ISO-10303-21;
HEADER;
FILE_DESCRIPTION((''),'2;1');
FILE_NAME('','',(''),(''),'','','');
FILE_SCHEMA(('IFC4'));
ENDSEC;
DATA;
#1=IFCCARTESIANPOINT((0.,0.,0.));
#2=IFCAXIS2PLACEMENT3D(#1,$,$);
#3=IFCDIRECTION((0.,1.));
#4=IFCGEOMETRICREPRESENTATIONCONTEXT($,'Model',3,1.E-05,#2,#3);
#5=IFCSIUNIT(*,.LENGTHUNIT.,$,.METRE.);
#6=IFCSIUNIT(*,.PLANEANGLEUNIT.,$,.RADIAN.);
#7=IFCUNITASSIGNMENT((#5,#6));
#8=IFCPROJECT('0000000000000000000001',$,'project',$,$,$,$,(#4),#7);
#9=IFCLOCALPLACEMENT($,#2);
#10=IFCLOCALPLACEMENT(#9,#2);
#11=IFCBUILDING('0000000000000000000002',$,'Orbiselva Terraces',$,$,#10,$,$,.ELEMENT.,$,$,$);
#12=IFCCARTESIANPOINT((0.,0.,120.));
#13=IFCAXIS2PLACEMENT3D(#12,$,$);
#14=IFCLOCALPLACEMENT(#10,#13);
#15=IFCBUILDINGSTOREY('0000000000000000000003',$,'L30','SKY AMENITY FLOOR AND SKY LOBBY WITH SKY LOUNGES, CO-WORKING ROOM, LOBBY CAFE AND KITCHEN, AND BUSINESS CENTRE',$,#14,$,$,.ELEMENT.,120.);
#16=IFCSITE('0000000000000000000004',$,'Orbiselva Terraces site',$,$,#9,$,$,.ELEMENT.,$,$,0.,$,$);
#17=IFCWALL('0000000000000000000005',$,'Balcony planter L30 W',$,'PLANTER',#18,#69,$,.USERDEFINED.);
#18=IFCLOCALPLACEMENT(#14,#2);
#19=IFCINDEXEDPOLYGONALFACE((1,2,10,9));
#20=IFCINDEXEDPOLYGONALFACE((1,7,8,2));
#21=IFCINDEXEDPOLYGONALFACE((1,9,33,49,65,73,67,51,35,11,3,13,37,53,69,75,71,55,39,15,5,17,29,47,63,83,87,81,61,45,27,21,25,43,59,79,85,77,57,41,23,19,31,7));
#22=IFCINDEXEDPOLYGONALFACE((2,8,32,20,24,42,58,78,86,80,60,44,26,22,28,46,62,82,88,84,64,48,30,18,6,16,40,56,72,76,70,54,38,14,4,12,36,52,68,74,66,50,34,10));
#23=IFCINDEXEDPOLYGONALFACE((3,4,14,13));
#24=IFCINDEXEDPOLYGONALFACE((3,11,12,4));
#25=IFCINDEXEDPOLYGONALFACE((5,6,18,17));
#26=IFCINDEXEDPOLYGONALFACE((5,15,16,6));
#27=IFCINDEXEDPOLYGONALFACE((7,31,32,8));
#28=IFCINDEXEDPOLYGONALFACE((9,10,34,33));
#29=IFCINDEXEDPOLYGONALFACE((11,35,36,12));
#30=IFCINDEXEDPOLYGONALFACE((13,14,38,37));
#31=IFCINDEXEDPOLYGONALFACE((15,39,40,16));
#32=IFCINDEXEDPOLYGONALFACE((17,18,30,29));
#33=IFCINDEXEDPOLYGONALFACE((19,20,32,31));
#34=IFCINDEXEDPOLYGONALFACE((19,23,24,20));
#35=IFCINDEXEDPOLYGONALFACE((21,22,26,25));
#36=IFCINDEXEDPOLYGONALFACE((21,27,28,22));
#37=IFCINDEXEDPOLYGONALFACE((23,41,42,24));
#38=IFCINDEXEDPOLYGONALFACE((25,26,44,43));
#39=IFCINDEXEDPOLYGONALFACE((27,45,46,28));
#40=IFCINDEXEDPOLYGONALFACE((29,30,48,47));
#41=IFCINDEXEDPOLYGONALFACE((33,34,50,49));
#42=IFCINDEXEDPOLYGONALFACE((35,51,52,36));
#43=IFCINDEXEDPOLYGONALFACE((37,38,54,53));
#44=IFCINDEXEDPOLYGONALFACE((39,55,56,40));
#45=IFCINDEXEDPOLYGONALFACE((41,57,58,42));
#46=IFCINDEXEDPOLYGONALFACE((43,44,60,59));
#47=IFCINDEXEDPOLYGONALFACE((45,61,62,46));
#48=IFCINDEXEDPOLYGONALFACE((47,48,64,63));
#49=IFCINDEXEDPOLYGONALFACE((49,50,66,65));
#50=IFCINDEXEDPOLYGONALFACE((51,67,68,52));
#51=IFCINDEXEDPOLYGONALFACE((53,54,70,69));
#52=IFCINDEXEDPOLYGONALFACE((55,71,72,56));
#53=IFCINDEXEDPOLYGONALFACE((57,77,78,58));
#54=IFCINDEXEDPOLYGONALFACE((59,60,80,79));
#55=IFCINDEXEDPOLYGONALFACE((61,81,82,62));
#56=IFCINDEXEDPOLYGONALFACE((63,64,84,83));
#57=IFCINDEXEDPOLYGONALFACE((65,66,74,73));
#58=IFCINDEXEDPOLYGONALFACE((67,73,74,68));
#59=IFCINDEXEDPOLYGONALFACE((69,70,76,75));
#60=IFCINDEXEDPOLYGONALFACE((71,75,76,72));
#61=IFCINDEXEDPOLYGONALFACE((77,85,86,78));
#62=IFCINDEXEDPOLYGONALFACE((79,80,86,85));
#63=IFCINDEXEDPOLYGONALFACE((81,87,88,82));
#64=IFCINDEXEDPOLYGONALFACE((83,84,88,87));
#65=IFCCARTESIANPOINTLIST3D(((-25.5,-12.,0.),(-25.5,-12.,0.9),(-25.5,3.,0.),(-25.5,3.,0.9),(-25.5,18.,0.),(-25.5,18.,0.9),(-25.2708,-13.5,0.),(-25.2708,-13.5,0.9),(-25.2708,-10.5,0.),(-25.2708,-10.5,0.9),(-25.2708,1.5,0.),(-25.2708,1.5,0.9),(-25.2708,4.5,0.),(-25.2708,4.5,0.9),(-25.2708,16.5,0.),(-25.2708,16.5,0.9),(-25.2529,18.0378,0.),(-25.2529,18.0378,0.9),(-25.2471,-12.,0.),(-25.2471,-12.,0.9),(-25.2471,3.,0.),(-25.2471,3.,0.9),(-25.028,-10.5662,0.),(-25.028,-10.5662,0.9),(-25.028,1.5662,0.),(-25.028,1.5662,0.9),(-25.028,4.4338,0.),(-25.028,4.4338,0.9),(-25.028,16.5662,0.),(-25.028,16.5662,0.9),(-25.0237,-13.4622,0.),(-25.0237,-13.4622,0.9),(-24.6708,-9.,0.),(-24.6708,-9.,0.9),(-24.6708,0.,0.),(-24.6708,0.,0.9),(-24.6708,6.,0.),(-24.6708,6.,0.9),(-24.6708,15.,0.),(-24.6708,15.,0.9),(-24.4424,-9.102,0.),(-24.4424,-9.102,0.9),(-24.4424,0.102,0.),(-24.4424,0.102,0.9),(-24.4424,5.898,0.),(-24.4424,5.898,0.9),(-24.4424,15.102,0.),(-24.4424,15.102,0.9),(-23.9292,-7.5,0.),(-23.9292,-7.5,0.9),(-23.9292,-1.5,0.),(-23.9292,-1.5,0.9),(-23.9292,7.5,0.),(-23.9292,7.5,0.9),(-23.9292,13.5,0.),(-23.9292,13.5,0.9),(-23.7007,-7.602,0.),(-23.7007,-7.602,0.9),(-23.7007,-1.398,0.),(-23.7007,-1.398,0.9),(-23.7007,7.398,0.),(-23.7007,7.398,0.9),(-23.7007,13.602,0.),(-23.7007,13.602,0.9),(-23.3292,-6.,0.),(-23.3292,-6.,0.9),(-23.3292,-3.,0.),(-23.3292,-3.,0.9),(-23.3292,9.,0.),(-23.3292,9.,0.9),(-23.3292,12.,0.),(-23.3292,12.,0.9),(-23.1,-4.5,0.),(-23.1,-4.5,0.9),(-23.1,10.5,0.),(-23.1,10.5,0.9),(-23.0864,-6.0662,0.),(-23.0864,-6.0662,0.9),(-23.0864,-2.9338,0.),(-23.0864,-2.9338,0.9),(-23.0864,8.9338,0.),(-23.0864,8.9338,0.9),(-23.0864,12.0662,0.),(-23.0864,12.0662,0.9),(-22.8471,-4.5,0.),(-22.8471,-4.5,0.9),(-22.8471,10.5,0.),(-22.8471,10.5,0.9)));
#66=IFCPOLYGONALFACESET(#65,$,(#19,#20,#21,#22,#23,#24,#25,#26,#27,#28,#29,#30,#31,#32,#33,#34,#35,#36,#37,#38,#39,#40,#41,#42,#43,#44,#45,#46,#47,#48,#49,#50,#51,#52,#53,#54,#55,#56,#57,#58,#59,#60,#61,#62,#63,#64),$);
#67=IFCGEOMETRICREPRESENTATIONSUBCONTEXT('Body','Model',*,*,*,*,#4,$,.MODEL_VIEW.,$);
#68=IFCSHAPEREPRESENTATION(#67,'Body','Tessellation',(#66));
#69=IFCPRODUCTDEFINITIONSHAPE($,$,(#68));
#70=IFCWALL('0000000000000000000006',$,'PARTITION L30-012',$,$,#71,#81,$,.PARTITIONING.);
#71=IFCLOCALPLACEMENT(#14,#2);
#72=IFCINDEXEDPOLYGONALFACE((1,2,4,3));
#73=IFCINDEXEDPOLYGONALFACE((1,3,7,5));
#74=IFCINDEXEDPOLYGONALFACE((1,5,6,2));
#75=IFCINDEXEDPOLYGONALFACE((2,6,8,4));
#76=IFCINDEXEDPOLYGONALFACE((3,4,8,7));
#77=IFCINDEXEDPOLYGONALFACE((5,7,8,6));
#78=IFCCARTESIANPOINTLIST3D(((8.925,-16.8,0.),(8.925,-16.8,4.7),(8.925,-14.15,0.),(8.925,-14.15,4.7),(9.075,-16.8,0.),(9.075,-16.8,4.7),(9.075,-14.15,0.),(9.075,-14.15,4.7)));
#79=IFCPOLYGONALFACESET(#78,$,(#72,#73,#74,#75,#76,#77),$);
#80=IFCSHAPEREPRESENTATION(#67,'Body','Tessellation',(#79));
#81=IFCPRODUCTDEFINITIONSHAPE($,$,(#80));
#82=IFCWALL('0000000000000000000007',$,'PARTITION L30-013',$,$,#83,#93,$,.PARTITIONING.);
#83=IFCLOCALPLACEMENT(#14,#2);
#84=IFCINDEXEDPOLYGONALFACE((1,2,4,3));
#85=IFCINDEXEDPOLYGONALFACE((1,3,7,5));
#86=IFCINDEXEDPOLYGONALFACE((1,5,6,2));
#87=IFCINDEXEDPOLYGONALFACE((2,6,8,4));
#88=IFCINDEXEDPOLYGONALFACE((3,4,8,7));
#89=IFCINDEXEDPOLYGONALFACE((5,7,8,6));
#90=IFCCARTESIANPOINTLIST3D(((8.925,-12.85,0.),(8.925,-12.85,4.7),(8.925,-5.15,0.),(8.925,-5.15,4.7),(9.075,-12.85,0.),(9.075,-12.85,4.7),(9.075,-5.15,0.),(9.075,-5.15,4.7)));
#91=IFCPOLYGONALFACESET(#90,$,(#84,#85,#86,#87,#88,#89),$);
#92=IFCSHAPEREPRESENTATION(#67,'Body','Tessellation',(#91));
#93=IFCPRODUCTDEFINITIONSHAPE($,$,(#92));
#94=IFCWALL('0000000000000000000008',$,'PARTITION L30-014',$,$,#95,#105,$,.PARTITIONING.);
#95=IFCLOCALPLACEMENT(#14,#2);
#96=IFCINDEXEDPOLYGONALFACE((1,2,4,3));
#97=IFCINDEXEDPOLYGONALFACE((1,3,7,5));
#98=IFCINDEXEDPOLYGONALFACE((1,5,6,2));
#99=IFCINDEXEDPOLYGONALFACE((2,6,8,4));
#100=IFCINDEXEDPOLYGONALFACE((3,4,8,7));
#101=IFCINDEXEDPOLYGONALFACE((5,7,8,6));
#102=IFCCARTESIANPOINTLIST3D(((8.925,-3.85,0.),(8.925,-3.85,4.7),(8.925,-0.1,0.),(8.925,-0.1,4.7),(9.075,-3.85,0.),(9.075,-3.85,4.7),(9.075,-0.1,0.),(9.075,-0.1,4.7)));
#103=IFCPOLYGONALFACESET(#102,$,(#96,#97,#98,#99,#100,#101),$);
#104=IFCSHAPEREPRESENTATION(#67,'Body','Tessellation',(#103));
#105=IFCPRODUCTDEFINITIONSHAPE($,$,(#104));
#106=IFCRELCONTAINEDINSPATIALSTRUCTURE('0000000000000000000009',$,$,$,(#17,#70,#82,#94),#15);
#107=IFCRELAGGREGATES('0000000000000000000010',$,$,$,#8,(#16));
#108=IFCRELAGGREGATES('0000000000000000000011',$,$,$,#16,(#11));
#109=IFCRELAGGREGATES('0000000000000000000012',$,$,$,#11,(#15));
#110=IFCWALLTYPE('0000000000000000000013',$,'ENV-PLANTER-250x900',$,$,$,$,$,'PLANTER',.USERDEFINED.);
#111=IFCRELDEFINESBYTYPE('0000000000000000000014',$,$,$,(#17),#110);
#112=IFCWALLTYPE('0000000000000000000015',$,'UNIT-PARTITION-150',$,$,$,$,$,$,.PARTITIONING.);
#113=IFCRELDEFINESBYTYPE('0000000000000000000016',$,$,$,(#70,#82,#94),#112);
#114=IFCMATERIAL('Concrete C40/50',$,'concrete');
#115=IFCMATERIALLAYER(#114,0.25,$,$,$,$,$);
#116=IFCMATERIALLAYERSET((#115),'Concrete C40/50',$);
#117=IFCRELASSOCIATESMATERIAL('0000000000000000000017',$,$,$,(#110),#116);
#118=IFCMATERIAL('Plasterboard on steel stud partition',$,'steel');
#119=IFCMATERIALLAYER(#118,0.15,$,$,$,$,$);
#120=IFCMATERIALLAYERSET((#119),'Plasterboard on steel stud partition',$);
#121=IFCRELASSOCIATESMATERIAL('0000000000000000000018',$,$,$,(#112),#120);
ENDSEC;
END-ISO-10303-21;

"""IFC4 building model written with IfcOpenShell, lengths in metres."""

from ifc_helpers import new_model, si_unit, direction, frame, frame_2d, origin, place, context, subcontext, project, spatial, polyline, rectangle, outline, extrude, material, layer, layer_set, type_object, element, save


model = new_model("IFC4")

# Units and contexts
model_context = context("Model", 3, precision=1e-05, world=origin(), true_north=direction((0.0, 1.0)))
body_context = subcontext(model_context, "Body", "Model", "MODEL_VIEW")
ifc_project = project(units=[si_unit("LENGTHUNIT", "METRE"), si_unit("PLANEANGLEUNIT", "RADIAN")], contexts=[model_context])

# Site, building, storey
site_placement = place(None, origin())
site = spatial("IfcSite", under=ifc_project, at=site_placement, Name="Orbiselva Terraces site", CompositionType="ELEMENT", RefElevation=0.0)
building_placement = place(site_placement, origin())
building = spatial("IfcBuilding", under=site, at=building_placement, Name="Orbiselva Terraces", CompositionType="ELEMENT")
storey_placement = place(building_placement, frame((0.0, 0.0, 120.0)))
storey = spatial("IfcBuildingStorey", under=building, at=storey_placement, Name="L30", Description="SKY AMENITY FLOOR AND SKY LOBBY WITH SKY LOUNGES, CO-WORKING ROOM, LOBBY CAFE AND KITCHEN, AND BUSINESS CENTRE", CompositionType="ELEMENT", Elevation=120.0)

# Shared definitions
ifc_material_1 = material(Name="Concrete C40/50", Category="concrete")

# Walls
ifc_layer_1 = layer(ifc_material_1, 0.25)
ifc_layer_set_1 = layer_set([ifc_layer_1], Name="Concrete C40/50")
wall_type_1 = type_object("IfcWallType", Name="ENV-PLANTER-250x900", ElementType="PLANTER", PredefinedType="USERDEFINED", material=ifc_layer_set_1)
wall_1_placement = place(storey_placement, origin())
element("IfcWall", 1, at=wall_1_placement, inside=storey, type_object=wall_type_1, Name="Balcony planter L30 W", ObjectType="PLANTER", PredefinedType="USERDEFINED", context=body_context, shape_type="SweptSolid", body=[
    extrude(outline(polyline([(-25.5, 18.0), (-25.2708, 16.5), (-24.6708, 15.0), (-23.9292, 13.5), (-23.3292, 12.0), (-23.1, 10.5), (-23.3292, 9.0), (-23.9292, 7.5), (-24.6708, 6.0), (-25.2708, 4.5), (-25.5, 3.0), (-25.2708, 1.5), (-24.6708, 0.0), (-23.9292, -1.5), (-23.3292, -3.0), (-23.1, -4.5), (-23.3292, -6.0), (-23.9292, -7.5), (-24.6708, -9.0), (-25.2708, -10.5), (-25.5, -12.0), (-25.2708, -13.5), (-25.0237, -13.4622), (-25.2471, -12.0), (-25.028, -10.5662), (-24.4424, -9.102), (-23.7007, -7.602), (-23.0864, -6.0662), (-22.8471, -4.5), (-23.0864, -2.9338), (-23.7007, -1.398), (-24.4424, 0.102), (-25.028, 1.5662), (-25.2471, 3.0), (-25.028, 4.4338), (-24.4424, 5.898), (-23.7007, 7.398), (-23.0864, 8.9338), (-22.8471, 10.5), (-23.0864, 12.0662), (-23.7007, 13.602), (-24.4424, 15.102), (-25.028, 16.5662), (-25.2529, 18.0378), (-25.5, 18.0)])), origin(), (0.0, 0.0, 1.0), 0.9),
])
ifc_material_2 = material(Name="Plasterboard on steel stud partition", Category="steel")
ifc_layer_2 = layer(ifc_material_2, 0.15)
ifc_layer_set_2 = layer_set([ifc_layer_2], Name="Plasterboard on steel stud partition")
wall_type_2 = type_object("IfcWallType", Name="UNIT-PARTITION-150", PredefinedType="PARTITIONING", material=ifc_layer_set_2)
wall_2_placement = place(storey_placement, frame((9.0, -16.8, 0.0), z_axis=(0.0, 0.0, 1.0), x_axis=(0.0, 1.0, 0.0)))
element("IfcWall", 2, at=wall_2_placement, inside=storey, type_object=wall_type_2, Name="PARTITION L30-012", PredefinedType="PARTITIONING", context=body_context, shape_type="SweptSolid", body=[
    extrude(rectangle(XDim=2.65, YDim=0.15, at=frame_2d((1.325, 0.0))), origin(), (0.0, 0.0, 1.0), 4.7),
])
wall_3_placement = place(storey_placement, frame((9.0, -12.85, 0.0), z_axis=(0.0, 0.0, 1.0), x_axis=(0.0, 1.0, 0.0)))
element("IfcWall", 3, at=wall_3_placement, inside=storey, type_object=wall_type_2, Name="PARTITION L30-013", PredefinedType="PARTITIONING", context=body_context, shape_type="SweptSolid", body=[
    extrude(rectangle(XDim=7.7, YDim=0.15, at=frame_2d((3.85, 0.0))), origin(), (0.0, 0.0, 1.0), 4.7),
])
wall_4_placement = place(storey_placement, frame((9.0, -3.85, 0.0), z_axis=(0.0, 0.0, 1.0), x_axis=(0.0, 1.0, 0.0)))
element("IfcWall", 4, at=wall_4_placement, inside=storey, type_object=wall_type_2, Name="PARTITION L30-014", PredefinedType="PARTITIONING", context=body_context, shape_type="SweptSolid", body=[
    extrude(rectangle(XDim=3.75, YDim=0.15, at=frame_2d((1.875, 0.0))), origin(), (0.0, 0.0, 1.0), 4.7),
])

save(model, "model.ifc")
